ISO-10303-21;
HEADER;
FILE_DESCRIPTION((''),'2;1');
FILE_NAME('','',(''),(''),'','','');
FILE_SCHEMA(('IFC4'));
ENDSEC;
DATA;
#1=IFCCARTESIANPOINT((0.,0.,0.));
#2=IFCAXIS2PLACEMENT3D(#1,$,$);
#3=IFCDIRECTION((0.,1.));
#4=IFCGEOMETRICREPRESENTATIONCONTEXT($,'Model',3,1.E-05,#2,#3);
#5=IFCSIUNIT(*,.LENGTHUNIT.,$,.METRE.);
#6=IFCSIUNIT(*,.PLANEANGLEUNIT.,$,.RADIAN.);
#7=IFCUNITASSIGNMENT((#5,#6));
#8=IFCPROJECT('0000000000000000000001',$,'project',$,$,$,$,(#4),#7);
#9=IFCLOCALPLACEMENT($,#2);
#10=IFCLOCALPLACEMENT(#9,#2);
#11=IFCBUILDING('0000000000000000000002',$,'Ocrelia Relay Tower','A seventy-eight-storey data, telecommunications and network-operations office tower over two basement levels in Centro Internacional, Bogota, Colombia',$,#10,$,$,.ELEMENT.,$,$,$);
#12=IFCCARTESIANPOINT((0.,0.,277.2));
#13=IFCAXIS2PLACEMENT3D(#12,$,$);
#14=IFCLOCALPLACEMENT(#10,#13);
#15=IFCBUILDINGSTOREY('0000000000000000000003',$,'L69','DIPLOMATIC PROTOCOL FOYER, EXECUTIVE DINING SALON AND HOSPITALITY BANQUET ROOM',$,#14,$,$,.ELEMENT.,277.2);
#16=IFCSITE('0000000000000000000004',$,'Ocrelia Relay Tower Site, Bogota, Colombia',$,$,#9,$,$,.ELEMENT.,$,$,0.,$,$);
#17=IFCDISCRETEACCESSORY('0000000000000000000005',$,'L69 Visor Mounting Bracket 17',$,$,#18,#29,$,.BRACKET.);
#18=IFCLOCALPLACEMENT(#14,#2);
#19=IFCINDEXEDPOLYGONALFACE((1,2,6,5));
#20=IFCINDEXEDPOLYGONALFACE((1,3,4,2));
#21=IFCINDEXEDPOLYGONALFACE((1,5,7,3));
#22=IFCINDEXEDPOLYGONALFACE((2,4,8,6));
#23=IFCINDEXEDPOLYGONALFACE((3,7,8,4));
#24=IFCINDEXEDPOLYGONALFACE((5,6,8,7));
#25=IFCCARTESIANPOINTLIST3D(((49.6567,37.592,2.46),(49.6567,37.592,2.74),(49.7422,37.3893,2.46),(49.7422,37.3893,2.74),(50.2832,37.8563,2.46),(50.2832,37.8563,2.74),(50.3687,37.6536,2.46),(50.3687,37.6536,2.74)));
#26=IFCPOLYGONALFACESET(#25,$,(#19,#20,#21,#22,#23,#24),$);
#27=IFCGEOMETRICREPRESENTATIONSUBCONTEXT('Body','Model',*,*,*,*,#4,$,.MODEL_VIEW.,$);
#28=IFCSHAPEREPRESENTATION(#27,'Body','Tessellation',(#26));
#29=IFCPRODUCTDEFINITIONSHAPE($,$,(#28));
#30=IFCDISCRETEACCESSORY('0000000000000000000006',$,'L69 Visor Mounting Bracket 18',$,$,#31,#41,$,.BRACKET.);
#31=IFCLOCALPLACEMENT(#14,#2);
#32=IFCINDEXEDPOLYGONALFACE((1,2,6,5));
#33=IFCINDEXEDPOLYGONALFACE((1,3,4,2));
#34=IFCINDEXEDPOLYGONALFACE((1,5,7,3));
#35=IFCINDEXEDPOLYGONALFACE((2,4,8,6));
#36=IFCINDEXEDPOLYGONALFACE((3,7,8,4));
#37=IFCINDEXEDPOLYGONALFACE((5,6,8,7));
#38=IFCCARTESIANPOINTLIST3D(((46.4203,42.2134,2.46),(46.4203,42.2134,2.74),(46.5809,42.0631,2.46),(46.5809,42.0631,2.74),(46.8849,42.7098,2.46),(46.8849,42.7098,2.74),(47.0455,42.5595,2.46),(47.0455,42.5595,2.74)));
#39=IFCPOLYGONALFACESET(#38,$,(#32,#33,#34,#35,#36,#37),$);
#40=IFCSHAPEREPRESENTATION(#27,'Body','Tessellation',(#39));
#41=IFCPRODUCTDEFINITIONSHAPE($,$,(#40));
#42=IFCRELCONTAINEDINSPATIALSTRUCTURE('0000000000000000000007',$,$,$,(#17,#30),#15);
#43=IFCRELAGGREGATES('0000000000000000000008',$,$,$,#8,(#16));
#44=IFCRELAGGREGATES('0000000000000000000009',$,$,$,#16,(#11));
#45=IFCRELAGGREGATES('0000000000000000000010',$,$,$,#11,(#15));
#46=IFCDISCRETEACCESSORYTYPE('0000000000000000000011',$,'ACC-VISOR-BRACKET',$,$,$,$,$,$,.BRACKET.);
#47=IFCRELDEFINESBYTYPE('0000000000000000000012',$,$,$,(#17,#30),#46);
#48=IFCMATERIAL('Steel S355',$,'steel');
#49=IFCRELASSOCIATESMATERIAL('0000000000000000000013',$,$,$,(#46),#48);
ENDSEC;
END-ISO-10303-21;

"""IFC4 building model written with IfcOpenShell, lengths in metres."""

from ifc_helpers import new_model, si_unit, direction, frame, origin, origin_2d, place, context, subcontext, project, spatial, rectangle, extrude, material, type_object, element, save


model = new_model("IFC4")

# Units and contexts
model_context = context("Model", 3, precision=1e-05, world=origin(), true_north=direction((0.0, 1.0)))
body_context = subcontext(model_context, "Body", "Model", "MODEL_VIEW")
ifc_project = project(units=[si_unit("LENGTHUNIT", "METRE"), si_unit("PLANEANGLEUNIT", "RADIAN")], contexts=[model_context])

# Site, building, storey
site_placement = place(None, origin())
site = spatial("IfcSite", under=ifc_project, at=site_placement, Name="Ocrelia Relay Tower Site, Bogota, Colombia", CompositionType="ELEMENT", RefElevation=0.0)
building_placement = place(site_placement, origin())
building = spatial("IfcBuilding", under=site, at=building_placement, Name="Ocrelia Relay Tower", Description="A seventy-eight-storey data, telecommunications and network-operations office tower over two basement levels in Centro Internacional, Bogota, Colombia", CompositionType="ELEMENT")
storey_placement = place(building_placement, frame((0.0, 0.0, 277.2)))
storey = spatial("IfcBuildingStorey", under=building, at=storey_placement, Name="L69", Description="DIPLOMATIC PROTOCOL FOYER, EXECUTIVE DINING SALON AND HOSPITALITY BANQUET ROOM", CompositionType="ELEMENT", Elevation=277.2)

# Shared definitions
ifc_material_1 = material(Name="Steel S355", Category="steel")

# Discrete accessories
discrete_accessory_type = type_object("IfcDiscreteAccessoryType", Name="ACC-VISOR-BRACKET", PredefinedType="BRACKET", material=ifc_material_1)
for number, where, z_axis, x_axis, name in (
    (1, (50.0127, 37.6228, 2.46), (0.0, 0.0, 1.0), (-0.388611, 0.921402, 0.0), "L69 Visor Mounting Bracket 17"),
    (2, (46.7329, 42.3865, 2.46), (0.0, 0.0, 1.0), (-0.730125, 0.683313, 0.0), "L69 Visor Mounting Bracket 18"),
):
    element("IfcDiscreteAccessory", number, at=place(storey_placement, frame(where, z_axis=z_axis, x_axis=x_axis)), inside=storey, type_object=discrete_accessory_type, Name=name, PredefinedType="BRACKET", context=body_context, shape_type="SweptSolid", body=[
        extrude(rectangle(XDim=0.22, YDim=0.6799, at=origin_2d()), origin(), (0.0, 0.0, 1.0), 0.28),
    ])

save(model, "model.ifc")
